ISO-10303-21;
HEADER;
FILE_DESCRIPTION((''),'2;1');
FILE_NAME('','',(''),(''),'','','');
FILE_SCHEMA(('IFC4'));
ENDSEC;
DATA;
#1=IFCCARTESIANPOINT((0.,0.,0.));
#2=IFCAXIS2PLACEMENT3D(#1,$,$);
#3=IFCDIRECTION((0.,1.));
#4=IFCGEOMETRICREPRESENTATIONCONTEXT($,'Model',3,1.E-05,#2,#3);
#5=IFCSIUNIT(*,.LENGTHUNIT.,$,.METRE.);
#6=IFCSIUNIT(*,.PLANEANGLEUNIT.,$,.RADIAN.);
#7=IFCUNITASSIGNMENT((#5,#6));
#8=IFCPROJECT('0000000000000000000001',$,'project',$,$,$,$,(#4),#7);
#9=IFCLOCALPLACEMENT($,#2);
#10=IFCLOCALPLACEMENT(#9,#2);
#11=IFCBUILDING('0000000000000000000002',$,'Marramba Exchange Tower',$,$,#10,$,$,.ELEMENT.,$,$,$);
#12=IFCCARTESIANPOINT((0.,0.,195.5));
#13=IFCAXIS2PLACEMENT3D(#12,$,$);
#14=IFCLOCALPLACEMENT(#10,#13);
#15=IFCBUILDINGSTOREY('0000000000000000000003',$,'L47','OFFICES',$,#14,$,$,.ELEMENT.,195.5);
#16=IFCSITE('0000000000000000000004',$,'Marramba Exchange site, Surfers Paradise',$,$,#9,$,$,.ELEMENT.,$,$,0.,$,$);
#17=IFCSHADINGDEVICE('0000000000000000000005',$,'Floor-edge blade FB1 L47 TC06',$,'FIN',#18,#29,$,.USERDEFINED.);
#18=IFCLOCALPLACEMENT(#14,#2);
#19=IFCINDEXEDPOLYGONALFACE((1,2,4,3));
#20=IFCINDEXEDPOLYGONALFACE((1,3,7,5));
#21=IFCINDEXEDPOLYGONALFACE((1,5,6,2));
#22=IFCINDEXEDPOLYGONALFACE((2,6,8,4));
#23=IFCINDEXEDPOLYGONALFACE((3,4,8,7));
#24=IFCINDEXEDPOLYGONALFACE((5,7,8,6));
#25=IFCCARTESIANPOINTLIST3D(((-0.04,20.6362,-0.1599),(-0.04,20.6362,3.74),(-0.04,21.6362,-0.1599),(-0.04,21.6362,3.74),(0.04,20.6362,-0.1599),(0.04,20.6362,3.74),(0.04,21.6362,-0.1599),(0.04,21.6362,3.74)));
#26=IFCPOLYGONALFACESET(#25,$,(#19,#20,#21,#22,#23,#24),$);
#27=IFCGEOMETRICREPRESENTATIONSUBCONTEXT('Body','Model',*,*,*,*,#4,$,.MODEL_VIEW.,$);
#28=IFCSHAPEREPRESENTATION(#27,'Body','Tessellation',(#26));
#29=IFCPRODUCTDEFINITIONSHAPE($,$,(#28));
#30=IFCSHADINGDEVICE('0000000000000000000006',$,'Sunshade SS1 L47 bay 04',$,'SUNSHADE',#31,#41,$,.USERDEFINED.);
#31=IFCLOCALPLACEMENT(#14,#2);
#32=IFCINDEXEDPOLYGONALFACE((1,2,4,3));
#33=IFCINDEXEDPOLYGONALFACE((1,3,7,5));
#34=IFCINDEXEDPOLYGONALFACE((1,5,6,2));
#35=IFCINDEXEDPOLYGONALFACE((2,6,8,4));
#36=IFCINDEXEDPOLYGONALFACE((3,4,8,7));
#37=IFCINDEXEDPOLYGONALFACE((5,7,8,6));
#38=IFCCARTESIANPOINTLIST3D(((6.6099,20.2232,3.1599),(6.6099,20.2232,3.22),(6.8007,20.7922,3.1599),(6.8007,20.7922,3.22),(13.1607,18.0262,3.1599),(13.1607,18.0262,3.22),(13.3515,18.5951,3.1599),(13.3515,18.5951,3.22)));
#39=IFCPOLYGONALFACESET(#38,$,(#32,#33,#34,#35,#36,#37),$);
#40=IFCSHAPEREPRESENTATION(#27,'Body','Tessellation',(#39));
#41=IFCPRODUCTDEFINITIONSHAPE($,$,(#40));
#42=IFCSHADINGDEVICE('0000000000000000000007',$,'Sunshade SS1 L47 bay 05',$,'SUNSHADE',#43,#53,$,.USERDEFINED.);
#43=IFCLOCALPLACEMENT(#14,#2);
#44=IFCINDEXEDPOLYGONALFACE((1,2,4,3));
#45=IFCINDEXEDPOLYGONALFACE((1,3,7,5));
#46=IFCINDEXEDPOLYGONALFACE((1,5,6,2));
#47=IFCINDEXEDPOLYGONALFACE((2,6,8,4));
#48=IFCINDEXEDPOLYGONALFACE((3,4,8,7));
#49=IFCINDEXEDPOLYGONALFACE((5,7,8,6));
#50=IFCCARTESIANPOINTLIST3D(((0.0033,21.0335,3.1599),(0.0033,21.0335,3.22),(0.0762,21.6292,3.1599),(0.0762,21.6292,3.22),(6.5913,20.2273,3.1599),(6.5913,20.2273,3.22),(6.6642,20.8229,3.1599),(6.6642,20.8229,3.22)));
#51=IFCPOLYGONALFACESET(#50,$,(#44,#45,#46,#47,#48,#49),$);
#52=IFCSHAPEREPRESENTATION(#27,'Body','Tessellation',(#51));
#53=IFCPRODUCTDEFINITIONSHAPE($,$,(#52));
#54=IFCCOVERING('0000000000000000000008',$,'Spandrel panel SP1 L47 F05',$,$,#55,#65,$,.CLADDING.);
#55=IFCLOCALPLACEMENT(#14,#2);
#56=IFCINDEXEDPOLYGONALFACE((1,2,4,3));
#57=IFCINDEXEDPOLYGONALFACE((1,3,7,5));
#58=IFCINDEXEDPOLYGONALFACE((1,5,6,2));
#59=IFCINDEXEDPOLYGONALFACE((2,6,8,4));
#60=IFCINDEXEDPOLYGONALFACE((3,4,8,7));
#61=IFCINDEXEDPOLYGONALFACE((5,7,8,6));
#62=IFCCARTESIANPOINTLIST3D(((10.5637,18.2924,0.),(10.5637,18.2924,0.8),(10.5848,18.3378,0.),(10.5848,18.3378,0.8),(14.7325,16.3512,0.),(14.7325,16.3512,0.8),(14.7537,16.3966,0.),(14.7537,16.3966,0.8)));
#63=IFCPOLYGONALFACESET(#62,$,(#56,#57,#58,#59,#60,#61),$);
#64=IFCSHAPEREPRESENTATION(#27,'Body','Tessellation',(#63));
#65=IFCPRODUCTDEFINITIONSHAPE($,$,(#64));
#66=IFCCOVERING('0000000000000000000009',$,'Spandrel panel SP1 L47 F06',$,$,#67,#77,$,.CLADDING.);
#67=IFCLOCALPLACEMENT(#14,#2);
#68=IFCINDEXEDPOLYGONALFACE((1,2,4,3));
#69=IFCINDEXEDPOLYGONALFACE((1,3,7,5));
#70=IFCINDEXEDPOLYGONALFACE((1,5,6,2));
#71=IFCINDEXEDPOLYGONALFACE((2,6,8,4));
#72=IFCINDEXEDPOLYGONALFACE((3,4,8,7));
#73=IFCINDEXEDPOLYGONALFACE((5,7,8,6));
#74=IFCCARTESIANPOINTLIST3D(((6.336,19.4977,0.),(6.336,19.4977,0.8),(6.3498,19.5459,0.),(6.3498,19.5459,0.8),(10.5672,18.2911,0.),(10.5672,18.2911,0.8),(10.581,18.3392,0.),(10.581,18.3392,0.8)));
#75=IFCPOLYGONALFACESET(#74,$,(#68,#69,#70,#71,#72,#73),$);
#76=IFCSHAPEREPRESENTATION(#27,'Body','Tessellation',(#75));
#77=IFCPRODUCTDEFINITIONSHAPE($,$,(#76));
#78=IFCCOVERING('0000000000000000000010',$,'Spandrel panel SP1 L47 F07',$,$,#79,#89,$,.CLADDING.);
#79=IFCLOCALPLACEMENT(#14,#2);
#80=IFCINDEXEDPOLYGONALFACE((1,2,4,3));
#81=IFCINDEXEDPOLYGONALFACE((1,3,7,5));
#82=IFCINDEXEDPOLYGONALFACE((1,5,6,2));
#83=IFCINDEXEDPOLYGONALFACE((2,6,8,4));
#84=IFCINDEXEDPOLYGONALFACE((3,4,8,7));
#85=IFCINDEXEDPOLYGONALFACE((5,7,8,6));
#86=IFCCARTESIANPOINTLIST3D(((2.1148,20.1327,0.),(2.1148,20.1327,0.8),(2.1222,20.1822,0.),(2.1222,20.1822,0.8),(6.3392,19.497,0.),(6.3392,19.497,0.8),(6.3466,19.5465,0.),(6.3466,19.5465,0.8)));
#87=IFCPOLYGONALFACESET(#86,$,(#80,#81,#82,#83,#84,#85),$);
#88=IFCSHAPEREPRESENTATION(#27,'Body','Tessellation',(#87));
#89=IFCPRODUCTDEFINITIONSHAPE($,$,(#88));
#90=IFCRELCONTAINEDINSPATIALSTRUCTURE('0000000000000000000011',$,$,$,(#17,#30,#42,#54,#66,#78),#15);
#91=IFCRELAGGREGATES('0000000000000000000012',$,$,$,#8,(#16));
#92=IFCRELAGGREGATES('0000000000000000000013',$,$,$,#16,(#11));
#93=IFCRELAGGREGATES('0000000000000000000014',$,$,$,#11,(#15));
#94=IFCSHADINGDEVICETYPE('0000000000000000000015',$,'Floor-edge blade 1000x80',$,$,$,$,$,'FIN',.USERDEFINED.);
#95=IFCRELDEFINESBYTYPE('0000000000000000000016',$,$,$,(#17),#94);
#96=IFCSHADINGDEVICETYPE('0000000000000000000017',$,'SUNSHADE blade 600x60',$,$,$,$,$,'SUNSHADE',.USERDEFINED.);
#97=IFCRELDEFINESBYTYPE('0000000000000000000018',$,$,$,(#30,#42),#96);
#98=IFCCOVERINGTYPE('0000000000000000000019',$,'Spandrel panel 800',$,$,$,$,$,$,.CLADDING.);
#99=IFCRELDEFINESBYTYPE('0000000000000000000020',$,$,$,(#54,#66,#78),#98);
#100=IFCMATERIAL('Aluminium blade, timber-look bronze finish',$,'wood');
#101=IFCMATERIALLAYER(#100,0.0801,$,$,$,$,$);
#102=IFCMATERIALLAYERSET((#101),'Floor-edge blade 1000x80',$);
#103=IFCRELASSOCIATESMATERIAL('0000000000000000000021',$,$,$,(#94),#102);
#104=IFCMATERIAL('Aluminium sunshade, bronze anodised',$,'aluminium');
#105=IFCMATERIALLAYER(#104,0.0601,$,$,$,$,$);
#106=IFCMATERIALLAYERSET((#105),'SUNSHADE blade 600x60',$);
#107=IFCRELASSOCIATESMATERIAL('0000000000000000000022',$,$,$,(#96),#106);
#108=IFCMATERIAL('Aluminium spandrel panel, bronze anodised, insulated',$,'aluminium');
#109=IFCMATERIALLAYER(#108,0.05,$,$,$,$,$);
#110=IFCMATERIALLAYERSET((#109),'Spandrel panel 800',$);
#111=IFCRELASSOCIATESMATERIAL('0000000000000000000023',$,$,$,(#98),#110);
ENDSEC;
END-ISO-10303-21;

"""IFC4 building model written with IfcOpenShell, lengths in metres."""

from ifc_helpers import new_model, si_unit, direction, frame, origin, origin_2d, place, context, subcontext, project, spatial, rectangle, extrude, material, layer, layer_set, type_object, element, save


model = new_model("IFC4")

# Units and contexts
model_context = context("Model", 3, precision=1e-05, world=origin(), true_north=direction((0.0, 1.0)))
body_context = subcontext(model_context, "Body", "Model", "MODEL_VIEW")
ifc_project = project(units=[si_unit("LENGTHUNIT", "METRE"), si_unit("PLANEANGLEUNIT", "RADIAN")], contexts=[model_context])

# Site, building, storey
site_placement = place(None, origin())
site = spatial("IfcSite", under=ifc_project, at=site_placement, Name="Marramba Exchange site, Surfers Paradise", CompositionType="ELEMENT", RefElevation=0.0)
building_placement = place(site_placement, origin())
building = spatial("IfcBuilding", under=site, at=building_placement, Name="Marramba Exchange Tower", CompositionType="ELEMENT")
storey_placement = place(building_placement, frame((0.0, 0.0, 195.5)))
storey = spatial("IfcBuildingStorey", under=building, at=storey_placement, Name="L47", Description="OFFICES", CompositionType="ELEMENT", Elevation=195.5)

# Shading devices
ifc_material_1 = material(Name="Aluminium blade, timber-look bronze finish", Category="wood")
ifc_layer_1 = layer(ifc_material_1, 0.0801)
ifc_layer_set_1 = layer_set([ifc_layer_1], Name="Floor-edge blade 1000x80")
shading_device_type_1 = type_object("IfcShadingDeviceType", Name="Floor-edge blade 1000x80", ElementType="FIN", PredefinedType="USERDEFINED", material=ifc_layer_set_1)
for number, where, z_axis, x_axis, name in (
    (1, (0.0, 21.1362, -0.1599), (0.0, 0.0, 1.0), (0.0, 1.0, 0.0), "Floor-edge blade FB1 L47 TC06"),
):
    element("IfcShadingDevice", number, at=place(storey_placement, frame(where, z_axis=z_axis, x_axis=x_axis)), inside=storey, type_object=shading_device_type_1, Name=name, ObjectType="FIN", PredefinedType="USERDEFINED", context=body_context, shape_type="SweptSolid", body=[
        extrude(rectangle(XDim=1.0, YDim=0.0801, at=origin_2d()), origin(), (0.0, 0.0, 1.0), 3.8999),
    ])
ifc_material_2 = material(Name="Aluminium sunshade, bronze anodised", Category="aluminium")
ifc_layer_2 = layer(ifc_material_2, 0.0601)
ifc_layer_set_2 = layer_set([ifc_layer_2], Name="SUNSHADE blade 600x60")
shading_device_type_2 = type_object("IfcShadingDeviceType", Name="SUNSHADE blade 600x60", ElementType="SUNSHADE", PredefinedType="USERDEFINED", material=ifc_layer_set_2)
shading_device_1_placement = place(storey_placement, frame((9.9807, 19.4092, 3.1599), z_axis=(0.0, 0.0, 1.0), x_axis=(-0.948096, 0.317983, 0.0)))
element("IfcShadingDevice", 2, at=shading_device_1_placement, inside=storey, type_object=shading_device_type_2, Name="Sunshade SS1 L47 bay 04", ObjectType="SUNSHADE", PredefinedType="USERDEFINED", context=body_context, shape_type="SweptSolid", body=[
    extrude(rectangle(XDim=6.9094, YDim=0.6001, at=origin_2d()), origin(), (0.0, 0.0, 1.0), 0.0601),
])
shading_device_2_placement = place(storey_placement, frame((3.3337, 20.9282, 3.1599), z_axis=(0.0, 0.0, 1.0), x_axis=(-0.992595, 0.121469, 0.0)))
element("IfcShadingDevice", 3, at=shading_device_2_placement, inside=storey, type_object=shading_device_type_2, Name="Sunshade SS1 L47 bay 05", ObjectType="SUNSHADE", PredefinedType="USERDEFINED", context=body_context, shape_type="SweptSolid", body=[
    extrude(rectangle(XDim=6.6372, YDim=0.6001, at=origin_2d()), origin(), (0.0, 0.0, 1.0), 0.0601),
])

# Coverings
ifc_material_3 = material(Name="Aluminium spandrel panel, bronze anodised, insulated", Category="aluminium")
ifc_layer_3 = layer(ifc_material_3, 0.05)
ifc_layer_set_3 = layer_set([ifc_layer_3], Name="Spandrel panel 800")
covering_type = type_object("IfcCoveringType", Name="Spandrel panel 800", PredefinedType="CLADDING", material=ifc_layer_set_3)
covering_1_placement = place(storey_placement, frame((12.6587, 17.3445, 0.0), z_axis=(0.0, 0.0, 1.0), x_axis=(-0.906534, 0.422133, 0.0)))
element("IfcCovering", 4, at=covering_1_placement, inside=storey, type_object=covering_type, Name="Spandrel panel SP1 L47 F05", PredefinedType="CLADDING", context=body_context, shape_type="SweptSolid", body=[
    extrude(rectangle(XDim=4.5986, YDim=0.05, at=origin_2d()), origin(), (0.0, 0.0, 1.0), 0.8),
])
covering_2_placement = place(storey_placement, frame((8.4585, 18.9185, 0.0), z_axis=(0.0, 0.0, 1.0), x_axis=(-0.961659, 0.274248, 0.0)))
element("IfcCovering", 5, at=covering_2_placement, inside=storey, type_object=covering_type, Name="Spandrel panel SP1 L47 F06", PredefinedType="CLADDING", context=body_context, shape_type="SweptSolid", body=[
    extrude(rectangle(XDim=4.3999, YDim=0.05, at=origin_2d()), origin(), (0.0, 0.0, 1.0), 0.8),
])
covering_3_placement = place(storey_placement, frame((4.2307, 19.8396, 0.0), z_axis=(0.0, 0.0, 1.0), x_axis=(-0.988868, 0.148795, 0.0)))
element("IfcCovering", 6, at=covering_3_placement, inside=storey, type_object=covering_type, Name="Spandrel panel SP1 L47 F07", PredefinedType="CLADDING", context=body_context, shape_type="SweptSolid", body=[
    extrude(rectangle(XDim=4.272, YDim=0.05, at=origin_2d()), origin(), (0.0, 0.0, 1.0), 0.8),
])

save(model, "model.ifc")
